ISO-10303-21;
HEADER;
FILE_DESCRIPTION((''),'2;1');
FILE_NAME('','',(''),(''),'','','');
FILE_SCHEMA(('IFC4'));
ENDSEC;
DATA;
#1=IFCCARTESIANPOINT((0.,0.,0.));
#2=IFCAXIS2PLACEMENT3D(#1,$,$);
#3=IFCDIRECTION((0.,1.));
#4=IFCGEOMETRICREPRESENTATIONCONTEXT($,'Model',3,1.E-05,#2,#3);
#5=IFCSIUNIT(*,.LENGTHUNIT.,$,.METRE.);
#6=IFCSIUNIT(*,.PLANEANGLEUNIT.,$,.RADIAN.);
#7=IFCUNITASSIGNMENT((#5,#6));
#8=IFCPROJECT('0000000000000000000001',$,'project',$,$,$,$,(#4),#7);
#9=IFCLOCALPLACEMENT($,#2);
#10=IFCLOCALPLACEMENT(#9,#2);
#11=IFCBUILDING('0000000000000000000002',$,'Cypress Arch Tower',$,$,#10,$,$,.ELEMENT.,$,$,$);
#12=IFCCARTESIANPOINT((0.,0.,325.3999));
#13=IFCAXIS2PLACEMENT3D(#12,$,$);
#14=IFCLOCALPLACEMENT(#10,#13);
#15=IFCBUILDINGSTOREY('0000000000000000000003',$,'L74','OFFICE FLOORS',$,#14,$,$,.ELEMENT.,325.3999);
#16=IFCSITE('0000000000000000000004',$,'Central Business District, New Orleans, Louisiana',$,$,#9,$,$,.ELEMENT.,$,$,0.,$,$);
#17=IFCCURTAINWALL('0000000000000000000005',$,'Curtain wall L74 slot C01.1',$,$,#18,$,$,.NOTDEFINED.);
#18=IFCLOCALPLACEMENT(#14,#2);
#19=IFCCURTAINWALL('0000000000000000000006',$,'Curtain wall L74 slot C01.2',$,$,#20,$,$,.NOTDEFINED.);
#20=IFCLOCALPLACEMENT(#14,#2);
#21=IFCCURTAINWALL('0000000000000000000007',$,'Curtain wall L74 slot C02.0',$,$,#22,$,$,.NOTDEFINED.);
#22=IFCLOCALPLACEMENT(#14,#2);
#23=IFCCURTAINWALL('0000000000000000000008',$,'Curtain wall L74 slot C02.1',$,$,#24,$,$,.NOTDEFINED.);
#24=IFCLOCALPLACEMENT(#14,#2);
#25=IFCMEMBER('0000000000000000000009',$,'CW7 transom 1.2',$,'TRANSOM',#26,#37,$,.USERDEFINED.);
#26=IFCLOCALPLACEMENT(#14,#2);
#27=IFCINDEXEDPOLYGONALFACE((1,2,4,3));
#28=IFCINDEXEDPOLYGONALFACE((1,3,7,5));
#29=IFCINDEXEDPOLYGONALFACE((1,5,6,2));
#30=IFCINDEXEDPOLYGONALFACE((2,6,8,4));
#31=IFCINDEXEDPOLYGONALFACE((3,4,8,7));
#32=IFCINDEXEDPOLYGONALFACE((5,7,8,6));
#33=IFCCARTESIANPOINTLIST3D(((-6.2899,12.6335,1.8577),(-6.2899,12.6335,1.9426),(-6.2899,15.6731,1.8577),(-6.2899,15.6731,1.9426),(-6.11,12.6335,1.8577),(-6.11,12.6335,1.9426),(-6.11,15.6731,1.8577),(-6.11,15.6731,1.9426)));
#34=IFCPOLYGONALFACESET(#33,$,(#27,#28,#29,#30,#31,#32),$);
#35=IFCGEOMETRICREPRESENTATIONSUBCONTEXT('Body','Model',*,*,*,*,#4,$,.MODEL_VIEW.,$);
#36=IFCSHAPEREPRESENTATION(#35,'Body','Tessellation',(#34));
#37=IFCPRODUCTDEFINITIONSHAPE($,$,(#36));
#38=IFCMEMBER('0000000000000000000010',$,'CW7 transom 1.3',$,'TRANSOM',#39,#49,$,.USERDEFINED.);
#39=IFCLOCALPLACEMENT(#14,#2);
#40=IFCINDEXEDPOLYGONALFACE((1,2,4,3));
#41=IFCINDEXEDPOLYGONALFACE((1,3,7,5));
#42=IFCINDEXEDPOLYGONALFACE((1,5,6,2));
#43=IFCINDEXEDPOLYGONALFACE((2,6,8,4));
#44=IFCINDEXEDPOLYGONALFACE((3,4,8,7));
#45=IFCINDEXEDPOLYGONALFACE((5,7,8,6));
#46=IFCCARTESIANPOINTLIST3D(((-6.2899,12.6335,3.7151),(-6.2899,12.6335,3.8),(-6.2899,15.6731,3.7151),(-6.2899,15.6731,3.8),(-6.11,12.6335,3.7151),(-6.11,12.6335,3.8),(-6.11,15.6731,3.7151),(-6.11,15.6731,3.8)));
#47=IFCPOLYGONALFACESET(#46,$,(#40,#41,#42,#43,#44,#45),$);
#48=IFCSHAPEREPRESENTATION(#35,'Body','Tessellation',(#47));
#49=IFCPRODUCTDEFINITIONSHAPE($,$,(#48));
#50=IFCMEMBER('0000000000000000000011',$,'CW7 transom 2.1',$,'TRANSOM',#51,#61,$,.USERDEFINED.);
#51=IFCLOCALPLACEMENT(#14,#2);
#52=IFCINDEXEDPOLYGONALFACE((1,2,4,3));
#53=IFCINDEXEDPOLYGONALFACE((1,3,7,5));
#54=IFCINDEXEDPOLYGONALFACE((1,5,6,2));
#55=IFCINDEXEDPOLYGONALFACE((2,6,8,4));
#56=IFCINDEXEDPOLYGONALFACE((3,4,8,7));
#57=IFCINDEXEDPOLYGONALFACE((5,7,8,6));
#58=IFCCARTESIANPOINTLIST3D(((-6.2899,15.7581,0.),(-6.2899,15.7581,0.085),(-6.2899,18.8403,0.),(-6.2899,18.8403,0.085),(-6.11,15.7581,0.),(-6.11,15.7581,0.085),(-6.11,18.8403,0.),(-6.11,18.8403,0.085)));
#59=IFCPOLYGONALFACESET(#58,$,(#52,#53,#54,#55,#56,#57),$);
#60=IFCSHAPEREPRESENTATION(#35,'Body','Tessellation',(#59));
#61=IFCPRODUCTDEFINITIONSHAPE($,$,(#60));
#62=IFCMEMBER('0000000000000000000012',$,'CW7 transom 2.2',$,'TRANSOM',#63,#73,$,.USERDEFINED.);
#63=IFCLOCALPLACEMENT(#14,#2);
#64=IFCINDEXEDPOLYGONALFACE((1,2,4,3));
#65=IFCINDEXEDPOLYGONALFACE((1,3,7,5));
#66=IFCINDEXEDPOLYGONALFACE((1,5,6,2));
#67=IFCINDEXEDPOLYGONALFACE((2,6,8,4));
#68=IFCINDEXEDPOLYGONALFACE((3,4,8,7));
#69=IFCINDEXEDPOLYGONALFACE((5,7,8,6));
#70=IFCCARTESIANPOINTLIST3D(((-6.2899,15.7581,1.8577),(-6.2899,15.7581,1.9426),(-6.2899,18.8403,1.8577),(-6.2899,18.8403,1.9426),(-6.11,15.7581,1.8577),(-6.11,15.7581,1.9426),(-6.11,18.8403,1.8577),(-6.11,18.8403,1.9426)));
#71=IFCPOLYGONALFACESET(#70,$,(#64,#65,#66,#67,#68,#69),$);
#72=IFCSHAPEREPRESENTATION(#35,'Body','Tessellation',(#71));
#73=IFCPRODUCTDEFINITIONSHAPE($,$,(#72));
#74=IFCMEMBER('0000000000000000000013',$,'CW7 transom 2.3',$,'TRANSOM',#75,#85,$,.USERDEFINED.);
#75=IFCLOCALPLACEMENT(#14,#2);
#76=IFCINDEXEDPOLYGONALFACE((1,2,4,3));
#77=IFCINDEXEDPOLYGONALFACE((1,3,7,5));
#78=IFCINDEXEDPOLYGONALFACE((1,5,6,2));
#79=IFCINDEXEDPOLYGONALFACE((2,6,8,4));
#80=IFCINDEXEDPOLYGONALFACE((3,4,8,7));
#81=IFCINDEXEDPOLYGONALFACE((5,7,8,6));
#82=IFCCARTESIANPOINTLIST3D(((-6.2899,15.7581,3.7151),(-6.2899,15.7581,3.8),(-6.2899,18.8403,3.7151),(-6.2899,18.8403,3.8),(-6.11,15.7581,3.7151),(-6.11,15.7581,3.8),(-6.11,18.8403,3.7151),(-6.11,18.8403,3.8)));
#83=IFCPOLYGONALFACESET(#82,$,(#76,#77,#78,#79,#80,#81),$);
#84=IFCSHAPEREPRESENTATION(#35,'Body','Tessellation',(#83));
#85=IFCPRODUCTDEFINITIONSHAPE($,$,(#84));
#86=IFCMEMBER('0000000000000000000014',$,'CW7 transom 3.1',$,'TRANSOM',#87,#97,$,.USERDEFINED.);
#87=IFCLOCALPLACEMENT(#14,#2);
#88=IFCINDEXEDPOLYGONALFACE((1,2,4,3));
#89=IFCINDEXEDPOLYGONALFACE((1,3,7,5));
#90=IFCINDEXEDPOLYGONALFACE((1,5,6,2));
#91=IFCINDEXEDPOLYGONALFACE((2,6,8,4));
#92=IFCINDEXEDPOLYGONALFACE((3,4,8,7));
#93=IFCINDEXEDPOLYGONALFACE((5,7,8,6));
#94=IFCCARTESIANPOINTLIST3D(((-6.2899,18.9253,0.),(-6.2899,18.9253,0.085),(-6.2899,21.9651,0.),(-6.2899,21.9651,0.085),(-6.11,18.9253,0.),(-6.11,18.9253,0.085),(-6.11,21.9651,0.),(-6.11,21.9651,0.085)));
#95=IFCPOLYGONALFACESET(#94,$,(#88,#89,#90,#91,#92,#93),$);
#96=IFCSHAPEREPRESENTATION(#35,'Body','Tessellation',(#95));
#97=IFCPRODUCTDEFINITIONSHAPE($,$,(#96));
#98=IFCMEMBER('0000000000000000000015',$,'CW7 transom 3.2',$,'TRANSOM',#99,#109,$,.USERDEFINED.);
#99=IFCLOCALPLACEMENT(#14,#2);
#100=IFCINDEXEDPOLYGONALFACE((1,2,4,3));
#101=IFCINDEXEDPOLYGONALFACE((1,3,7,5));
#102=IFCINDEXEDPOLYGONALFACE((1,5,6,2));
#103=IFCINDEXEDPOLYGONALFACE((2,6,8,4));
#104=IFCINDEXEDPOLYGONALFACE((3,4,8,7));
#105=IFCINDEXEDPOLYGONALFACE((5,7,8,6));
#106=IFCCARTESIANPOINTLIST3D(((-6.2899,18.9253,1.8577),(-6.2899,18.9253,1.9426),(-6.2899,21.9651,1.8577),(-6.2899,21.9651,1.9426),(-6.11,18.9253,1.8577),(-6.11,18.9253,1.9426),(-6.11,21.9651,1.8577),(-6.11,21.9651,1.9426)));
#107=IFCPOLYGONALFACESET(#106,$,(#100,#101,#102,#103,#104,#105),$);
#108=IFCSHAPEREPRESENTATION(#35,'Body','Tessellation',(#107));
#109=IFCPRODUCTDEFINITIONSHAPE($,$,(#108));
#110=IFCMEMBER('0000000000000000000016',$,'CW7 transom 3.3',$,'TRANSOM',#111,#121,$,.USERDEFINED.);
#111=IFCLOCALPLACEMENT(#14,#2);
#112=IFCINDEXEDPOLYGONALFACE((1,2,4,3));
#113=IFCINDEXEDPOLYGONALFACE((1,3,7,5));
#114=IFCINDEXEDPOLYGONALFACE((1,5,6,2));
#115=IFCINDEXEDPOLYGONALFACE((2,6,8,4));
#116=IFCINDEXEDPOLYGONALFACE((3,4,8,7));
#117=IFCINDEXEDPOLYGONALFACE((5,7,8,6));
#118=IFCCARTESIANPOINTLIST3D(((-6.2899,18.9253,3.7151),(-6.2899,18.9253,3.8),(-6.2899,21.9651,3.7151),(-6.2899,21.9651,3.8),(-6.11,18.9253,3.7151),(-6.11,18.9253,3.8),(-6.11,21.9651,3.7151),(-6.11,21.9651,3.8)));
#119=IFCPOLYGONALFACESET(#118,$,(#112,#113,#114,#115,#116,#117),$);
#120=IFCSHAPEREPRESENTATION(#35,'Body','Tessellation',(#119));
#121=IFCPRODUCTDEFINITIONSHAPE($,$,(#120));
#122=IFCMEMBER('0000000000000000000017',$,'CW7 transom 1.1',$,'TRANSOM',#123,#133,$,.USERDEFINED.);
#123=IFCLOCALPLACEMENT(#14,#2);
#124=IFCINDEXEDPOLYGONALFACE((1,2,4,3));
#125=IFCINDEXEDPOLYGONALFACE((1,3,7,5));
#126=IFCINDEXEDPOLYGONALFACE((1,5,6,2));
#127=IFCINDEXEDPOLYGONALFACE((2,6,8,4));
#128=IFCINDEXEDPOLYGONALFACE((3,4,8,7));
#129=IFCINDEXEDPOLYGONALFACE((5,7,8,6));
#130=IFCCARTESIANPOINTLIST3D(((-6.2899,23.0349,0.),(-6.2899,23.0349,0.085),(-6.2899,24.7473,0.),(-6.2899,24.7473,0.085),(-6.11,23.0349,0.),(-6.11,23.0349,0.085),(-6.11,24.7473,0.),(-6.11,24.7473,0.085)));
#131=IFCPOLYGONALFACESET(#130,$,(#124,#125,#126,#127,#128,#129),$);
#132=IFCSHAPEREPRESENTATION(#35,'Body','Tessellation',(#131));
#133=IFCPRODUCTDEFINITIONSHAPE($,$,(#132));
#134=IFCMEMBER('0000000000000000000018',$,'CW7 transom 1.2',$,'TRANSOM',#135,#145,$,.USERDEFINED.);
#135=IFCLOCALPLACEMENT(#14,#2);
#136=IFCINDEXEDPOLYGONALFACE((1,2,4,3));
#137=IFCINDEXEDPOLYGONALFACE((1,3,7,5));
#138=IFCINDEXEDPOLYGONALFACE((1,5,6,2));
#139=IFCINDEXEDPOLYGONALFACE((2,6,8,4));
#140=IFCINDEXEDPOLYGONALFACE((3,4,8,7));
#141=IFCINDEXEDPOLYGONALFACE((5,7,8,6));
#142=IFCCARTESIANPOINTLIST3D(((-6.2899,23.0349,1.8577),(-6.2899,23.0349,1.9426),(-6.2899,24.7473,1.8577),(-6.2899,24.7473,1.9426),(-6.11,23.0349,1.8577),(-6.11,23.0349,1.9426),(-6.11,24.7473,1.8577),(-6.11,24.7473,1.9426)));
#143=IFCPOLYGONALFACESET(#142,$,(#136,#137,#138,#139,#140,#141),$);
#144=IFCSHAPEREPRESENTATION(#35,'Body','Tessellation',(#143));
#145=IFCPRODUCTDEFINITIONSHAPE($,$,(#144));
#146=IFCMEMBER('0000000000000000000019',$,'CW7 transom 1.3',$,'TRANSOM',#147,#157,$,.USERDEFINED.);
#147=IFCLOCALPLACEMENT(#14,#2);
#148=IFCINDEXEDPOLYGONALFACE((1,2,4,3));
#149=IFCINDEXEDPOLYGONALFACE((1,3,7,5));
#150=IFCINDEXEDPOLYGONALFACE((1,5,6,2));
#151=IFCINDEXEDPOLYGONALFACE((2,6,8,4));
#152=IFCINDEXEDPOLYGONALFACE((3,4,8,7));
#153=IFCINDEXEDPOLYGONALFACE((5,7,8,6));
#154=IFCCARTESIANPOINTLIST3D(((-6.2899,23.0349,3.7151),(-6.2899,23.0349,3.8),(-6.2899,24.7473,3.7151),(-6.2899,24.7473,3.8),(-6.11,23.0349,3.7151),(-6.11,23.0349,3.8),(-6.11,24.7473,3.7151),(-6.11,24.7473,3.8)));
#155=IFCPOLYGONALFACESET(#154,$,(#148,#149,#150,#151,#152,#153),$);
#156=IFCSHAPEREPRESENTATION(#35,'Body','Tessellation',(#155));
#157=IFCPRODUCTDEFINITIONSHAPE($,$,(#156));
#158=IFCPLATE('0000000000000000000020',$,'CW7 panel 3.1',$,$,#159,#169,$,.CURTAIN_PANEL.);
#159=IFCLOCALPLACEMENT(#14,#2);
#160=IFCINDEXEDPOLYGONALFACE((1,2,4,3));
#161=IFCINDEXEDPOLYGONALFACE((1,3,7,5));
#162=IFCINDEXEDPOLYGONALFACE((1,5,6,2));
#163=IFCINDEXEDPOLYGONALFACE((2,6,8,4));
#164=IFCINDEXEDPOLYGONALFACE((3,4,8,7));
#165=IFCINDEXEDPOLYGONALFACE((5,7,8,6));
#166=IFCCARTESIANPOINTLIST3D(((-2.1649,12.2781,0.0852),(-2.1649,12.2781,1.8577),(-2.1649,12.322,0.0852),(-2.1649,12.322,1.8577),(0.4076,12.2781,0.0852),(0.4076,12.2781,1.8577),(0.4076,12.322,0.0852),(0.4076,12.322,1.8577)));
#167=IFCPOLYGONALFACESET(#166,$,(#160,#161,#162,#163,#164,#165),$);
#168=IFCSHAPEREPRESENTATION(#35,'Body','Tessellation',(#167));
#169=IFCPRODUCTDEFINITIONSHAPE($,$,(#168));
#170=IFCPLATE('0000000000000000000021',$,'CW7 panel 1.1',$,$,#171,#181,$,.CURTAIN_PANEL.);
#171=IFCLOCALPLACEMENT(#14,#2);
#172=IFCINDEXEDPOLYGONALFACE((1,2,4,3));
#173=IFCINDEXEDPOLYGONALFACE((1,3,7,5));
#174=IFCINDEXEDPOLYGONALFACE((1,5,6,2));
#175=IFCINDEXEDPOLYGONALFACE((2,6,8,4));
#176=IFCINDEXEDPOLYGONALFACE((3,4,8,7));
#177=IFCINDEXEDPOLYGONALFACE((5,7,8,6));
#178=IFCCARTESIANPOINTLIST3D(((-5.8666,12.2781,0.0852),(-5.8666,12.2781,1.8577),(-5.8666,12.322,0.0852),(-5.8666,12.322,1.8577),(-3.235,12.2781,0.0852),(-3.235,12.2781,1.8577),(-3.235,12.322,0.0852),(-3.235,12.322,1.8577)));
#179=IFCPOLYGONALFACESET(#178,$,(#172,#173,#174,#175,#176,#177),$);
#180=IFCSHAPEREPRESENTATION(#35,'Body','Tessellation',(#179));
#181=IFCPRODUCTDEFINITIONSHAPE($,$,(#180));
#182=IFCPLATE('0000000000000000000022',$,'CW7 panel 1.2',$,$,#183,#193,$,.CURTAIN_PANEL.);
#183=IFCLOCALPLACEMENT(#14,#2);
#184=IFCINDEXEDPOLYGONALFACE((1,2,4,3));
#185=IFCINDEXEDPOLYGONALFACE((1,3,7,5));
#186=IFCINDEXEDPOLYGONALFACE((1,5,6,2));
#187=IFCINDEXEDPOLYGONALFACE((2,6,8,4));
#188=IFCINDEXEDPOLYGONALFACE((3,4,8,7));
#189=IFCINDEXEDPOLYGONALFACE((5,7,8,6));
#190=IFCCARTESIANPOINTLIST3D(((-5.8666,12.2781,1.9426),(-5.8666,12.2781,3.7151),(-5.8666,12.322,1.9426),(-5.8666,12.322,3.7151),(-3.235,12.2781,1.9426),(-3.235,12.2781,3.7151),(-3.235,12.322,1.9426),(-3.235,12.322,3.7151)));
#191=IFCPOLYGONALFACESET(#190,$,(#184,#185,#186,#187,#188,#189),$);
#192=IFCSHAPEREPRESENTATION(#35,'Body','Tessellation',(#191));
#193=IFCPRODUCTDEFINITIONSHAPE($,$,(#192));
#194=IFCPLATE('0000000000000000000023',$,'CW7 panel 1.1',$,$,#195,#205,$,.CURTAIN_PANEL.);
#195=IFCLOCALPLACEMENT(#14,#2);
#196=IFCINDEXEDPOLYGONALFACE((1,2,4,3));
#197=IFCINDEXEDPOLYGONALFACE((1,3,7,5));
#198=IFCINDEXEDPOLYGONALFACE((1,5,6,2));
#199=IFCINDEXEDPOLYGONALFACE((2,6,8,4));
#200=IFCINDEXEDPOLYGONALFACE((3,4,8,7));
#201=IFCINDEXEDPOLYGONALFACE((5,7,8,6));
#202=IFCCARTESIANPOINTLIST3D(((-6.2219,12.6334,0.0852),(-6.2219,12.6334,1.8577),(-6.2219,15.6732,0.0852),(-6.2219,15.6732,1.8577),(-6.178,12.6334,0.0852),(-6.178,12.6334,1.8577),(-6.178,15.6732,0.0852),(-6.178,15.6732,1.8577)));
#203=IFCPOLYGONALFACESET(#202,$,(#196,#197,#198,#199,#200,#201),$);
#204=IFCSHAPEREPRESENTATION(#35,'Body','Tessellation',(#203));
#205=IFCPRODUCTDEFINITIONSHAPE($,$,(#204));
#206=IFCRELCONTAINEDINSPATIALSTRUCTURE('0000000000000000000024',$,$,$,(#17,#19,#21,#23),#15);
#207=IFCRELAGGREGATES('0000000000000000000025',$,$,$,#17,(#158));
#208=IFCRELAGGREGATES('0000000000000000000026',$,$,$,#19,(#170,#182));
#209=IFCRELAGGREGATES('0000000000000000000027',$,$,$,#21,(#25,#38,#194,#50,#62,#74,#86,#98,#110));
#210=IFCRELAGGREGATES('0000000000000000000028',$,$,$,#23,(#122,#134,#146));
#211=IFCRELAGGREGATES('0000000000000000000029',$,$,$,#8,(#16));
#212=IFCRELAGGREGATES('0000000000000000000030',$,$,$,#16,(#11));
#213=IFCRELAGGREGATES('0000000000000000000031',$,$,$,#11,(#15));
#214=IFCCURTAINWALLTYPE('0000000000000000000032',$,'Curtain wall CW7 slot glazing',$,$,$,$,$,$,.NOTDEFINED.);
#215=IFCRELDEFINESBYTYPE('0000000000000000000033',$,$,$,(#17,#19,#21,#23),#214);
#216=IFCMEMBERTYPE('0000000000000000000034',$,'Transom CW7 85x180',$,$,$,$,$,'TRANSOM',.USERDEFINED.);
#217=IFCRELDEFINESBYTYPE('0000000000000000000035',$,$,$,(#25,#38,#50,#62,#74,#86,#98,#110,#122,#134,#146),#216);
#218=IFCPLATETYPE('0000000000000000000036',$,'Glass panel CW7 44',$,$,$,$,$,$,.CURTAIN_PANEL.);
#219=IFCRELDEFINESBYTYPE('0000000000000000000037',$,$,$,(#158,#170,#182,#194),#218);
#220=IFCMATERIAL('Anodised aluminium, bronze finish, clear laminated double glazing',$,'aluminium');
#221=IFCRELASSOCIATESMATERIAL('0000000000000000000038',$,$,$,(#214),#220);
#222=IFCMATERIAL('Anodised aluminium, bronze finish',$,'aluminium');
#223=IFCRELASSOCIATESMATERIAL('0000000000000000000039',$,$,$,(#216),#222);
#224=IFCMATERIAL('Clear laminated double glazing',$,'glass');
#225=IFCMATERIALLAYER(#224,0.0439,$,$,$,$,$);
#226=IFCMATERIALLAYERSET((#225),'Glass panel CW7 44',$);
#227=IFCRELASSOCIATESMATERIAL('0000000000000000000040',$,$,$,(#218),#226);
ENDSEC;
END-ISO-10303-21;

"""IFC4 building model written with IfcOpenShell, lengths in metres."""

from ifc_helpers import new_model, si_unit, direction, frame, origin, origin_2d, place, context, subcontext, project, spatial, rectangle, extrude, material, layer, layer_set, material_profile, profile_set, type_object, element, aggregate, save


model = new_model("IFC4")

# Units and contexts
model_context = context("Model", 3, precision=1e-05, world=origin(), true_north=direction((0.0, 1.0)))
body_context = subcontext(model_context, "Body", "Model", "MODEL_VIEW")
ifc_project = project(units=[si_unit("LENGTHUNIT", "METRE"), si_unit("PLANEANGLEUNIT", "RADIAN")], contexts=[model_context])

# Site, building, storey
site_placement = place(None, origin())
site = spatial("IfcSite", under=ifc_project, at=site_placement, Name="Central Business District, New Orleans, Louisiana", CompositionType="ELEMENT", RefElevation=0.0)
building_placement = place(site_placement, origin())
building = spatial("IfcBuilding", under=site, at=building_placement, Name="Cypress Arch Tower", CompositionType="ELEMENT")
storey_placement = place(building_placement, frame((0.0, 0.0, 325.3999)))
storey = spatial("IfcBuildingStorey", under=building, at=storey_placement, Name="L74", Description="OFFICE FLOORS", CompositionType="ELEMENT", Elevation=325.3999)

# Curtain wall
ifc_material_1 = material(Name="Anodised aluminium, bronze finish, clear laminated double glazing", Category="aluminium")
curtain_wall_type = type_object("IfcCurtainWallType", Name="Curtain wall CW7 slot glazing", PredefinedType="NOTDEFINED", material=ifc_material_1)
curtain_wall_1_placement = place(storey_placement, origin())
curtain_wall_1 = element("IfcCurtainWall", 1, at=curtain_wall_1_placement, inside=storey, type_object=curtain_wall_type, Name="Curtain wall L74 slot C01.1", PredefinedType="NOTDEFINED")

# Curtain walls
curtain_wall_2_placement = place(storey_placement, origin())
curtain_wall_2 = element("IfcCurtainWall", 2, at=curtain_wall_2_placement, inside=storey, type_object=curtain_wall_type, Name="Curtain wall L74 slot C01.2", PredefinedType="NOTDEFINED")
curtain_wall_3_placement = place(storey_placement, origin())
curtain_wall_3 = element("IfcCurtainWall", 3, at=curtain_wall_3_placement, inside=storey, type_object=curtain_wall_type, Name="Curtain wall L74 slot C02.0", PredefinedType="NOTDEFINED")
curtain_wall_4_placement = place(storey_placement, origin())
curtain_wall_4 = element("IfcCurtainWall", 4, at=curtain_wall_4_placement, inside=storey, type_object=curtain_wall_type, Name="Curtain wall L74 slot C02.1", PredefinedType="NOTDEFINED")

# Members
ifc_material_2 = material(Name="Anodised aluminium, bronze finish", Category="aluminium")
ifc_material_profile_1 = material_profile(ifc_material_2, rectangle(XDim=0.1799, YDim=0.085, at=origin_2d()), Name="Transom 85x180")
ifc_profile_set_1 = profile_set([ifc_material_profile_1], Name="Anodised aluminium, bronze finish")
member_type_1 = type_object("IfcMemberType", Name="Transom CW7 85x180", ElementType="TRANSOM", PredefinedType="USERDEFINED", material=ifc_profile_set_1)
member_1_placement = place(storey_placement, frame((-6.2, 12.6335, 1.9001), z_axis=(0.0, 1.0, 0.0), x_axis=(-1.0, 0.0, 0.0)))
member_1 = element("IfcMember", 5, at=member_1_placement, type_object=member_type_1, Name="CW7 transom 1.2", ObjectType="TRANSOM", PredefinedType="USERDEFINED", context=body_context, shape_type="SweptSolid", body=[
    extrude(rectangle(XDim=0.1799, YDim=0.085, at=origin_2d()), origin(), (0.0, 0.0, 1.0), 3.0396),
])
member_2_placement = place(storey_placement, frame((-6.2, 12.6335, 3.7576), z_axis=(0.0, 1.0, 0.0), x_axis=(-1.0, 0.0, 0.0)))
member_2 = element("IfcMember", 6, at=member_2_placement, type_object=member_type_1, Name="CW7 transom 1.3", ObjectType="TRANSOM", PredefinedType="USERDEFINED", context=body_context, shape_type="SweptSolid", body=[
    extrude(rectangle(XDim=0.1799, YDim=0.085, at=origin_2d()), origin(), (0.0, 0.0, 1.0), 3.0396),
])
member_3_placement = place(storey_placement, frame((-6.2, 15.7581, 0.0425), z_axis=(0.0, 1.0, 0.0), x_axis=(-1.0, 0.0, 0.0)))
member_3 = element("IfcMember", 7, at=member_3_placement, type_object=member_type_1, Name="CW7 transom 2.1", ObjectType="TRANSOM", PredefinedType="USERDEFINED", context=body_context, shape_type="SweptSolid", body=[
    extrude(rectangle(XDim=0.1799, YDim=0.085, at=origin_2d()), origin(), (0.0, 0.0, 1.0), 3.0823),
])
member_4_placement = place(storey_placement, frame((-6.2, 15.7581, 1.9001), z_axis=(0.0, 1.0, 0.0), x_axis=(-1.0, 0.0, 0.0)))
member_4 = element("IfcMember", 8, at=member_4_placement, type_object=member_type_1, Name="CW7 transom 2.2", ObjectType="TRANSOM", PredefinedType="USERDEFINED", context=body_context, shape_type="SweptSolid", body=[
    extrude(rectangle(XDim=0.1799, YDim=0.085, at=origin_2d()), origin(), (0.0, 0.0, 1.0), 3.0823),
])
member_5_placement = place(storey_placement, frame((-6.2, 15.7581, 3.7576), z_axis=(0.0, 1.0, 0.0), x_axis=(-1.0, 0.0, 0.0)))
member_5 = element("IfcMember", 9, at=member_5_placement, type_object=member_type_1, Name="CW7 transom 2.3", ObjectType="TRANSOM", PredefinedType="USERDEFINED", context=body_context, shape_type="SweptSolid", body=[
    extrude(rectangle(XDim=0.1799, YDim=0.085, at=origin_2d()), origin(), (0.0, 0.0, 1.0), 3.0823),
])
member_6_placement = place(storey_placement, frame((-6.2, 18.9253, 0.0425), z_axis=(0.0, 1.0, 0.0), x_axis=(-1.0, 0.0, 0.0)))
member_6 = element("IfcMember", 10, at=member_6_placement, type_object=member_type_1, Name="CW7 transom 3.1", ObjectType="TRANSOM", PredefinedType="USERDEFINED", context=body_context, shape_type="SweptSolid", body=[
    extrude(rectangle(XDim=0.1799, YDim=0.085, at=origin_2d()), origin(), (0.0, 0.0, 1.0), 3.0398),
])
member_7_placement = place(storey_placement, frame((-6.2, 18.9253, 1.9001), z_axis=(0.0, 1.0, 0.0), x_axis=(-1.0, 0.0, 0.0)))
member_7 = element("IfcMember", 11, at=member_7_placement, type_object=member_type_1, Name="CW7 transom 3.2", ObjectType="TRANSOM", PredefinedType="USERDEFINED", context=body_context, shape_type="SweptSolid", body=[
    extrude(rectangle(XDim=0.1799, YDim=0.085, at=origin_2d()), origin(), (0.0, 0.0, 1.0), 3.0398),
])
member_8_placement = place(storey_placement, frame((-6.2, 18.9253, 3.7576), z_axis=(0.0, 1.0, 0.0), x_axis=(-1.0, 0.0, 0.0)))
member_8 = element("IfcMember", 12, at=member_8_placement, type_object=member_type_1, Name="CW7 transom 3.3", ObjectType="TRANSOM", PredefinedType="USERDEFINED", context=body_context, shape_type="SweptSolid", body=[
    extrude(rectangle(XDim=0.1799, YDim=0.085, at=origin_2d()), origin(), (0.0, 0.0, 1.0), 3.0398),
])
member_9_placement = place(storey_placement, frame((-6.2, 23.0349, 0.0425), z_axis=(0.0, 1.0, 0.0), x_axis=(-1.0, 0.0, 0.0)))
member_9 = element("IfcMember", 13, at=member_9_placement, type_object=member_type_1, Name="CW7 transom 1.1", ObjectType="TRANSOM", PredefinedType="USERDEFINED", context=body_context, shape_type="SweptSolid", body=[
    extrude(rectangle(XDim=0.1799, YDim=0.085, at=origin_2d()), origin(), (0.0, 0.0, 1.0), 1.7124),
])
member_10_placement = place(storey_placement, frame((-6.2, 23.0349, 1.9001), z_axis=(0.0, 1.0, 0.0), x_axis=(-1.0, 0.0, 0.0)))
member_10 = element("IfcMember", 14, at=member_10_placement, type_object=member_type_1, Name="CW7 transom 1.2", ObjectType="TRANSOM", PredefinedType="USERDEFINED", context=body_context, shape_type="SweptSolid", body=[
    extrude(rectangle(XDim=0.1799, YDim=0.085, at=origin_2d()), origin(), (0.0, 0.0, 1.0), 1.7124),
])
member_11_placement = place(storey_placement, frame((-6.2, 23.0349, 3.7576), z_axis=(0.0, 1.0, 0.0), x_axis=(-1.0, 0.0, 0.0)))
member_11 = element("IfcMember", 15, at=member_11_placement, type_object=member_type_1, Name="CW7 transom 1.3", ObjectType="TRANSOM", PredefinedType="USERDEFINED", context=body_context, shape_type="SweptSolid", body=[
    extrude(rectangle(XDim=0.1799, YDim=0.085, at=origin_2d()), origin(), (0.0, 0.0, 1.0), 1.7124),
])

# Plates
ifc_material_3 = material(Name="Clear laminated double glazing", Category="glass")
ifc_layer_1 = layer(ifc_material_3, 0.0439)
ifc_layer_set_1 = layer_set([ifc_layer_1], Name="Glass panel CW7 44")
plate_type = type_object("IfcPlateType", Name="Glass panel CW7 44", PredefinedType="CURTAIN_PANEL", material=ifc_layer_set_1)
plate_1_placement = place(storey_placement, frame((-0.8787, 12.3, 0.0852), z_axis=(0.0, 0.0, 1.0), x_axis=(-1.0, 0.0, 0.0)))
plate_1 = element("IfcPlate", 16, at=plate_1_placement, type_object=plate_type, Name="CW7 panel 3.1", PredefinedType="CURTAIN_PANEL", context=body_context, shape_type="SweptSolid", body=[
    extrude(rectangle(XDim=2.5725, YDim=0.0439, at=origin_2d()), origin(), (0.0, 0.0, 1.0), 1.7725),
])
aggregate(curtain_wall_1, [plate_1])
plate_2_placement = place(storey_placement, frame((-4.5508, 12.3, 0.0852), z_axis=(0.0, 0.0, 1.0), x_axis=(-1.0, 0.0, 0.0)))
plate_2 = element("IfcPlate", 17, at=plate_2_placement, type_object=plate_type, Name="CW7 panel 1.1", PredefinedType="CURTAIN_PANEL", context=body_context, shape_type="SweptSolid", body=[
    extrude(rectangle(XDim=2.6316, YDim=0.0439, at=origin_2d()), origin(), (0.0, 0.0, 1.0), 1.7725),
])
plate_3_placement = place(storey_placement, frame((-4.5508, 12.3, 1.9426), z_axis=(0.0, 0.0, 1.0), x_axis=(-1.0, 0.0, 0.0)))
plate_3 = element("IfcPlate", 18, at=plate_3_placement, type_object=plate_type, Name="CW7 panel 1.2", PredefinedType="CURTAIN_PANEL", context=body_context, shape_type="SweptSolid", body=[
    extrude(rectangle(XDim=2.6316, YDim=0.0439, at=origin_2d()), origin(), (0.0, 0.0, 1.0), 1.7725),
])
aggregate(curtain_wall_2, [plate_2, plate_3])
plate_4_placement = place(storey_placement, frame((-6.2, 14.1533, 0.0852), z_axis=(0.0, 0.0, 1.0), x_axis=(0.0, 1.0, 0.0)))
plate_4 = element("IfcPlate", 19, at=plate_4_placement, type_object=plate_type, Name="CW7 panel 1.1", PredefinedType="CURTAIN_PANEL", context=body_context, shape_type="SweptSolid", body=[
    extrude(rectangle(XDim=3.0398, YDim=0.0439, at=origin_2d()), origin(), (0.0, 0.0, 1.0), 1.7725),
])
aggregate(curtain_wall_3, [member_1, member_2, plate_4, member_3, member_4, member_5, member_6, member_7, member_8])
aggregate(curtain_wall_4, [member_9, member_10, member_11])

save(model, "model.ifc")
